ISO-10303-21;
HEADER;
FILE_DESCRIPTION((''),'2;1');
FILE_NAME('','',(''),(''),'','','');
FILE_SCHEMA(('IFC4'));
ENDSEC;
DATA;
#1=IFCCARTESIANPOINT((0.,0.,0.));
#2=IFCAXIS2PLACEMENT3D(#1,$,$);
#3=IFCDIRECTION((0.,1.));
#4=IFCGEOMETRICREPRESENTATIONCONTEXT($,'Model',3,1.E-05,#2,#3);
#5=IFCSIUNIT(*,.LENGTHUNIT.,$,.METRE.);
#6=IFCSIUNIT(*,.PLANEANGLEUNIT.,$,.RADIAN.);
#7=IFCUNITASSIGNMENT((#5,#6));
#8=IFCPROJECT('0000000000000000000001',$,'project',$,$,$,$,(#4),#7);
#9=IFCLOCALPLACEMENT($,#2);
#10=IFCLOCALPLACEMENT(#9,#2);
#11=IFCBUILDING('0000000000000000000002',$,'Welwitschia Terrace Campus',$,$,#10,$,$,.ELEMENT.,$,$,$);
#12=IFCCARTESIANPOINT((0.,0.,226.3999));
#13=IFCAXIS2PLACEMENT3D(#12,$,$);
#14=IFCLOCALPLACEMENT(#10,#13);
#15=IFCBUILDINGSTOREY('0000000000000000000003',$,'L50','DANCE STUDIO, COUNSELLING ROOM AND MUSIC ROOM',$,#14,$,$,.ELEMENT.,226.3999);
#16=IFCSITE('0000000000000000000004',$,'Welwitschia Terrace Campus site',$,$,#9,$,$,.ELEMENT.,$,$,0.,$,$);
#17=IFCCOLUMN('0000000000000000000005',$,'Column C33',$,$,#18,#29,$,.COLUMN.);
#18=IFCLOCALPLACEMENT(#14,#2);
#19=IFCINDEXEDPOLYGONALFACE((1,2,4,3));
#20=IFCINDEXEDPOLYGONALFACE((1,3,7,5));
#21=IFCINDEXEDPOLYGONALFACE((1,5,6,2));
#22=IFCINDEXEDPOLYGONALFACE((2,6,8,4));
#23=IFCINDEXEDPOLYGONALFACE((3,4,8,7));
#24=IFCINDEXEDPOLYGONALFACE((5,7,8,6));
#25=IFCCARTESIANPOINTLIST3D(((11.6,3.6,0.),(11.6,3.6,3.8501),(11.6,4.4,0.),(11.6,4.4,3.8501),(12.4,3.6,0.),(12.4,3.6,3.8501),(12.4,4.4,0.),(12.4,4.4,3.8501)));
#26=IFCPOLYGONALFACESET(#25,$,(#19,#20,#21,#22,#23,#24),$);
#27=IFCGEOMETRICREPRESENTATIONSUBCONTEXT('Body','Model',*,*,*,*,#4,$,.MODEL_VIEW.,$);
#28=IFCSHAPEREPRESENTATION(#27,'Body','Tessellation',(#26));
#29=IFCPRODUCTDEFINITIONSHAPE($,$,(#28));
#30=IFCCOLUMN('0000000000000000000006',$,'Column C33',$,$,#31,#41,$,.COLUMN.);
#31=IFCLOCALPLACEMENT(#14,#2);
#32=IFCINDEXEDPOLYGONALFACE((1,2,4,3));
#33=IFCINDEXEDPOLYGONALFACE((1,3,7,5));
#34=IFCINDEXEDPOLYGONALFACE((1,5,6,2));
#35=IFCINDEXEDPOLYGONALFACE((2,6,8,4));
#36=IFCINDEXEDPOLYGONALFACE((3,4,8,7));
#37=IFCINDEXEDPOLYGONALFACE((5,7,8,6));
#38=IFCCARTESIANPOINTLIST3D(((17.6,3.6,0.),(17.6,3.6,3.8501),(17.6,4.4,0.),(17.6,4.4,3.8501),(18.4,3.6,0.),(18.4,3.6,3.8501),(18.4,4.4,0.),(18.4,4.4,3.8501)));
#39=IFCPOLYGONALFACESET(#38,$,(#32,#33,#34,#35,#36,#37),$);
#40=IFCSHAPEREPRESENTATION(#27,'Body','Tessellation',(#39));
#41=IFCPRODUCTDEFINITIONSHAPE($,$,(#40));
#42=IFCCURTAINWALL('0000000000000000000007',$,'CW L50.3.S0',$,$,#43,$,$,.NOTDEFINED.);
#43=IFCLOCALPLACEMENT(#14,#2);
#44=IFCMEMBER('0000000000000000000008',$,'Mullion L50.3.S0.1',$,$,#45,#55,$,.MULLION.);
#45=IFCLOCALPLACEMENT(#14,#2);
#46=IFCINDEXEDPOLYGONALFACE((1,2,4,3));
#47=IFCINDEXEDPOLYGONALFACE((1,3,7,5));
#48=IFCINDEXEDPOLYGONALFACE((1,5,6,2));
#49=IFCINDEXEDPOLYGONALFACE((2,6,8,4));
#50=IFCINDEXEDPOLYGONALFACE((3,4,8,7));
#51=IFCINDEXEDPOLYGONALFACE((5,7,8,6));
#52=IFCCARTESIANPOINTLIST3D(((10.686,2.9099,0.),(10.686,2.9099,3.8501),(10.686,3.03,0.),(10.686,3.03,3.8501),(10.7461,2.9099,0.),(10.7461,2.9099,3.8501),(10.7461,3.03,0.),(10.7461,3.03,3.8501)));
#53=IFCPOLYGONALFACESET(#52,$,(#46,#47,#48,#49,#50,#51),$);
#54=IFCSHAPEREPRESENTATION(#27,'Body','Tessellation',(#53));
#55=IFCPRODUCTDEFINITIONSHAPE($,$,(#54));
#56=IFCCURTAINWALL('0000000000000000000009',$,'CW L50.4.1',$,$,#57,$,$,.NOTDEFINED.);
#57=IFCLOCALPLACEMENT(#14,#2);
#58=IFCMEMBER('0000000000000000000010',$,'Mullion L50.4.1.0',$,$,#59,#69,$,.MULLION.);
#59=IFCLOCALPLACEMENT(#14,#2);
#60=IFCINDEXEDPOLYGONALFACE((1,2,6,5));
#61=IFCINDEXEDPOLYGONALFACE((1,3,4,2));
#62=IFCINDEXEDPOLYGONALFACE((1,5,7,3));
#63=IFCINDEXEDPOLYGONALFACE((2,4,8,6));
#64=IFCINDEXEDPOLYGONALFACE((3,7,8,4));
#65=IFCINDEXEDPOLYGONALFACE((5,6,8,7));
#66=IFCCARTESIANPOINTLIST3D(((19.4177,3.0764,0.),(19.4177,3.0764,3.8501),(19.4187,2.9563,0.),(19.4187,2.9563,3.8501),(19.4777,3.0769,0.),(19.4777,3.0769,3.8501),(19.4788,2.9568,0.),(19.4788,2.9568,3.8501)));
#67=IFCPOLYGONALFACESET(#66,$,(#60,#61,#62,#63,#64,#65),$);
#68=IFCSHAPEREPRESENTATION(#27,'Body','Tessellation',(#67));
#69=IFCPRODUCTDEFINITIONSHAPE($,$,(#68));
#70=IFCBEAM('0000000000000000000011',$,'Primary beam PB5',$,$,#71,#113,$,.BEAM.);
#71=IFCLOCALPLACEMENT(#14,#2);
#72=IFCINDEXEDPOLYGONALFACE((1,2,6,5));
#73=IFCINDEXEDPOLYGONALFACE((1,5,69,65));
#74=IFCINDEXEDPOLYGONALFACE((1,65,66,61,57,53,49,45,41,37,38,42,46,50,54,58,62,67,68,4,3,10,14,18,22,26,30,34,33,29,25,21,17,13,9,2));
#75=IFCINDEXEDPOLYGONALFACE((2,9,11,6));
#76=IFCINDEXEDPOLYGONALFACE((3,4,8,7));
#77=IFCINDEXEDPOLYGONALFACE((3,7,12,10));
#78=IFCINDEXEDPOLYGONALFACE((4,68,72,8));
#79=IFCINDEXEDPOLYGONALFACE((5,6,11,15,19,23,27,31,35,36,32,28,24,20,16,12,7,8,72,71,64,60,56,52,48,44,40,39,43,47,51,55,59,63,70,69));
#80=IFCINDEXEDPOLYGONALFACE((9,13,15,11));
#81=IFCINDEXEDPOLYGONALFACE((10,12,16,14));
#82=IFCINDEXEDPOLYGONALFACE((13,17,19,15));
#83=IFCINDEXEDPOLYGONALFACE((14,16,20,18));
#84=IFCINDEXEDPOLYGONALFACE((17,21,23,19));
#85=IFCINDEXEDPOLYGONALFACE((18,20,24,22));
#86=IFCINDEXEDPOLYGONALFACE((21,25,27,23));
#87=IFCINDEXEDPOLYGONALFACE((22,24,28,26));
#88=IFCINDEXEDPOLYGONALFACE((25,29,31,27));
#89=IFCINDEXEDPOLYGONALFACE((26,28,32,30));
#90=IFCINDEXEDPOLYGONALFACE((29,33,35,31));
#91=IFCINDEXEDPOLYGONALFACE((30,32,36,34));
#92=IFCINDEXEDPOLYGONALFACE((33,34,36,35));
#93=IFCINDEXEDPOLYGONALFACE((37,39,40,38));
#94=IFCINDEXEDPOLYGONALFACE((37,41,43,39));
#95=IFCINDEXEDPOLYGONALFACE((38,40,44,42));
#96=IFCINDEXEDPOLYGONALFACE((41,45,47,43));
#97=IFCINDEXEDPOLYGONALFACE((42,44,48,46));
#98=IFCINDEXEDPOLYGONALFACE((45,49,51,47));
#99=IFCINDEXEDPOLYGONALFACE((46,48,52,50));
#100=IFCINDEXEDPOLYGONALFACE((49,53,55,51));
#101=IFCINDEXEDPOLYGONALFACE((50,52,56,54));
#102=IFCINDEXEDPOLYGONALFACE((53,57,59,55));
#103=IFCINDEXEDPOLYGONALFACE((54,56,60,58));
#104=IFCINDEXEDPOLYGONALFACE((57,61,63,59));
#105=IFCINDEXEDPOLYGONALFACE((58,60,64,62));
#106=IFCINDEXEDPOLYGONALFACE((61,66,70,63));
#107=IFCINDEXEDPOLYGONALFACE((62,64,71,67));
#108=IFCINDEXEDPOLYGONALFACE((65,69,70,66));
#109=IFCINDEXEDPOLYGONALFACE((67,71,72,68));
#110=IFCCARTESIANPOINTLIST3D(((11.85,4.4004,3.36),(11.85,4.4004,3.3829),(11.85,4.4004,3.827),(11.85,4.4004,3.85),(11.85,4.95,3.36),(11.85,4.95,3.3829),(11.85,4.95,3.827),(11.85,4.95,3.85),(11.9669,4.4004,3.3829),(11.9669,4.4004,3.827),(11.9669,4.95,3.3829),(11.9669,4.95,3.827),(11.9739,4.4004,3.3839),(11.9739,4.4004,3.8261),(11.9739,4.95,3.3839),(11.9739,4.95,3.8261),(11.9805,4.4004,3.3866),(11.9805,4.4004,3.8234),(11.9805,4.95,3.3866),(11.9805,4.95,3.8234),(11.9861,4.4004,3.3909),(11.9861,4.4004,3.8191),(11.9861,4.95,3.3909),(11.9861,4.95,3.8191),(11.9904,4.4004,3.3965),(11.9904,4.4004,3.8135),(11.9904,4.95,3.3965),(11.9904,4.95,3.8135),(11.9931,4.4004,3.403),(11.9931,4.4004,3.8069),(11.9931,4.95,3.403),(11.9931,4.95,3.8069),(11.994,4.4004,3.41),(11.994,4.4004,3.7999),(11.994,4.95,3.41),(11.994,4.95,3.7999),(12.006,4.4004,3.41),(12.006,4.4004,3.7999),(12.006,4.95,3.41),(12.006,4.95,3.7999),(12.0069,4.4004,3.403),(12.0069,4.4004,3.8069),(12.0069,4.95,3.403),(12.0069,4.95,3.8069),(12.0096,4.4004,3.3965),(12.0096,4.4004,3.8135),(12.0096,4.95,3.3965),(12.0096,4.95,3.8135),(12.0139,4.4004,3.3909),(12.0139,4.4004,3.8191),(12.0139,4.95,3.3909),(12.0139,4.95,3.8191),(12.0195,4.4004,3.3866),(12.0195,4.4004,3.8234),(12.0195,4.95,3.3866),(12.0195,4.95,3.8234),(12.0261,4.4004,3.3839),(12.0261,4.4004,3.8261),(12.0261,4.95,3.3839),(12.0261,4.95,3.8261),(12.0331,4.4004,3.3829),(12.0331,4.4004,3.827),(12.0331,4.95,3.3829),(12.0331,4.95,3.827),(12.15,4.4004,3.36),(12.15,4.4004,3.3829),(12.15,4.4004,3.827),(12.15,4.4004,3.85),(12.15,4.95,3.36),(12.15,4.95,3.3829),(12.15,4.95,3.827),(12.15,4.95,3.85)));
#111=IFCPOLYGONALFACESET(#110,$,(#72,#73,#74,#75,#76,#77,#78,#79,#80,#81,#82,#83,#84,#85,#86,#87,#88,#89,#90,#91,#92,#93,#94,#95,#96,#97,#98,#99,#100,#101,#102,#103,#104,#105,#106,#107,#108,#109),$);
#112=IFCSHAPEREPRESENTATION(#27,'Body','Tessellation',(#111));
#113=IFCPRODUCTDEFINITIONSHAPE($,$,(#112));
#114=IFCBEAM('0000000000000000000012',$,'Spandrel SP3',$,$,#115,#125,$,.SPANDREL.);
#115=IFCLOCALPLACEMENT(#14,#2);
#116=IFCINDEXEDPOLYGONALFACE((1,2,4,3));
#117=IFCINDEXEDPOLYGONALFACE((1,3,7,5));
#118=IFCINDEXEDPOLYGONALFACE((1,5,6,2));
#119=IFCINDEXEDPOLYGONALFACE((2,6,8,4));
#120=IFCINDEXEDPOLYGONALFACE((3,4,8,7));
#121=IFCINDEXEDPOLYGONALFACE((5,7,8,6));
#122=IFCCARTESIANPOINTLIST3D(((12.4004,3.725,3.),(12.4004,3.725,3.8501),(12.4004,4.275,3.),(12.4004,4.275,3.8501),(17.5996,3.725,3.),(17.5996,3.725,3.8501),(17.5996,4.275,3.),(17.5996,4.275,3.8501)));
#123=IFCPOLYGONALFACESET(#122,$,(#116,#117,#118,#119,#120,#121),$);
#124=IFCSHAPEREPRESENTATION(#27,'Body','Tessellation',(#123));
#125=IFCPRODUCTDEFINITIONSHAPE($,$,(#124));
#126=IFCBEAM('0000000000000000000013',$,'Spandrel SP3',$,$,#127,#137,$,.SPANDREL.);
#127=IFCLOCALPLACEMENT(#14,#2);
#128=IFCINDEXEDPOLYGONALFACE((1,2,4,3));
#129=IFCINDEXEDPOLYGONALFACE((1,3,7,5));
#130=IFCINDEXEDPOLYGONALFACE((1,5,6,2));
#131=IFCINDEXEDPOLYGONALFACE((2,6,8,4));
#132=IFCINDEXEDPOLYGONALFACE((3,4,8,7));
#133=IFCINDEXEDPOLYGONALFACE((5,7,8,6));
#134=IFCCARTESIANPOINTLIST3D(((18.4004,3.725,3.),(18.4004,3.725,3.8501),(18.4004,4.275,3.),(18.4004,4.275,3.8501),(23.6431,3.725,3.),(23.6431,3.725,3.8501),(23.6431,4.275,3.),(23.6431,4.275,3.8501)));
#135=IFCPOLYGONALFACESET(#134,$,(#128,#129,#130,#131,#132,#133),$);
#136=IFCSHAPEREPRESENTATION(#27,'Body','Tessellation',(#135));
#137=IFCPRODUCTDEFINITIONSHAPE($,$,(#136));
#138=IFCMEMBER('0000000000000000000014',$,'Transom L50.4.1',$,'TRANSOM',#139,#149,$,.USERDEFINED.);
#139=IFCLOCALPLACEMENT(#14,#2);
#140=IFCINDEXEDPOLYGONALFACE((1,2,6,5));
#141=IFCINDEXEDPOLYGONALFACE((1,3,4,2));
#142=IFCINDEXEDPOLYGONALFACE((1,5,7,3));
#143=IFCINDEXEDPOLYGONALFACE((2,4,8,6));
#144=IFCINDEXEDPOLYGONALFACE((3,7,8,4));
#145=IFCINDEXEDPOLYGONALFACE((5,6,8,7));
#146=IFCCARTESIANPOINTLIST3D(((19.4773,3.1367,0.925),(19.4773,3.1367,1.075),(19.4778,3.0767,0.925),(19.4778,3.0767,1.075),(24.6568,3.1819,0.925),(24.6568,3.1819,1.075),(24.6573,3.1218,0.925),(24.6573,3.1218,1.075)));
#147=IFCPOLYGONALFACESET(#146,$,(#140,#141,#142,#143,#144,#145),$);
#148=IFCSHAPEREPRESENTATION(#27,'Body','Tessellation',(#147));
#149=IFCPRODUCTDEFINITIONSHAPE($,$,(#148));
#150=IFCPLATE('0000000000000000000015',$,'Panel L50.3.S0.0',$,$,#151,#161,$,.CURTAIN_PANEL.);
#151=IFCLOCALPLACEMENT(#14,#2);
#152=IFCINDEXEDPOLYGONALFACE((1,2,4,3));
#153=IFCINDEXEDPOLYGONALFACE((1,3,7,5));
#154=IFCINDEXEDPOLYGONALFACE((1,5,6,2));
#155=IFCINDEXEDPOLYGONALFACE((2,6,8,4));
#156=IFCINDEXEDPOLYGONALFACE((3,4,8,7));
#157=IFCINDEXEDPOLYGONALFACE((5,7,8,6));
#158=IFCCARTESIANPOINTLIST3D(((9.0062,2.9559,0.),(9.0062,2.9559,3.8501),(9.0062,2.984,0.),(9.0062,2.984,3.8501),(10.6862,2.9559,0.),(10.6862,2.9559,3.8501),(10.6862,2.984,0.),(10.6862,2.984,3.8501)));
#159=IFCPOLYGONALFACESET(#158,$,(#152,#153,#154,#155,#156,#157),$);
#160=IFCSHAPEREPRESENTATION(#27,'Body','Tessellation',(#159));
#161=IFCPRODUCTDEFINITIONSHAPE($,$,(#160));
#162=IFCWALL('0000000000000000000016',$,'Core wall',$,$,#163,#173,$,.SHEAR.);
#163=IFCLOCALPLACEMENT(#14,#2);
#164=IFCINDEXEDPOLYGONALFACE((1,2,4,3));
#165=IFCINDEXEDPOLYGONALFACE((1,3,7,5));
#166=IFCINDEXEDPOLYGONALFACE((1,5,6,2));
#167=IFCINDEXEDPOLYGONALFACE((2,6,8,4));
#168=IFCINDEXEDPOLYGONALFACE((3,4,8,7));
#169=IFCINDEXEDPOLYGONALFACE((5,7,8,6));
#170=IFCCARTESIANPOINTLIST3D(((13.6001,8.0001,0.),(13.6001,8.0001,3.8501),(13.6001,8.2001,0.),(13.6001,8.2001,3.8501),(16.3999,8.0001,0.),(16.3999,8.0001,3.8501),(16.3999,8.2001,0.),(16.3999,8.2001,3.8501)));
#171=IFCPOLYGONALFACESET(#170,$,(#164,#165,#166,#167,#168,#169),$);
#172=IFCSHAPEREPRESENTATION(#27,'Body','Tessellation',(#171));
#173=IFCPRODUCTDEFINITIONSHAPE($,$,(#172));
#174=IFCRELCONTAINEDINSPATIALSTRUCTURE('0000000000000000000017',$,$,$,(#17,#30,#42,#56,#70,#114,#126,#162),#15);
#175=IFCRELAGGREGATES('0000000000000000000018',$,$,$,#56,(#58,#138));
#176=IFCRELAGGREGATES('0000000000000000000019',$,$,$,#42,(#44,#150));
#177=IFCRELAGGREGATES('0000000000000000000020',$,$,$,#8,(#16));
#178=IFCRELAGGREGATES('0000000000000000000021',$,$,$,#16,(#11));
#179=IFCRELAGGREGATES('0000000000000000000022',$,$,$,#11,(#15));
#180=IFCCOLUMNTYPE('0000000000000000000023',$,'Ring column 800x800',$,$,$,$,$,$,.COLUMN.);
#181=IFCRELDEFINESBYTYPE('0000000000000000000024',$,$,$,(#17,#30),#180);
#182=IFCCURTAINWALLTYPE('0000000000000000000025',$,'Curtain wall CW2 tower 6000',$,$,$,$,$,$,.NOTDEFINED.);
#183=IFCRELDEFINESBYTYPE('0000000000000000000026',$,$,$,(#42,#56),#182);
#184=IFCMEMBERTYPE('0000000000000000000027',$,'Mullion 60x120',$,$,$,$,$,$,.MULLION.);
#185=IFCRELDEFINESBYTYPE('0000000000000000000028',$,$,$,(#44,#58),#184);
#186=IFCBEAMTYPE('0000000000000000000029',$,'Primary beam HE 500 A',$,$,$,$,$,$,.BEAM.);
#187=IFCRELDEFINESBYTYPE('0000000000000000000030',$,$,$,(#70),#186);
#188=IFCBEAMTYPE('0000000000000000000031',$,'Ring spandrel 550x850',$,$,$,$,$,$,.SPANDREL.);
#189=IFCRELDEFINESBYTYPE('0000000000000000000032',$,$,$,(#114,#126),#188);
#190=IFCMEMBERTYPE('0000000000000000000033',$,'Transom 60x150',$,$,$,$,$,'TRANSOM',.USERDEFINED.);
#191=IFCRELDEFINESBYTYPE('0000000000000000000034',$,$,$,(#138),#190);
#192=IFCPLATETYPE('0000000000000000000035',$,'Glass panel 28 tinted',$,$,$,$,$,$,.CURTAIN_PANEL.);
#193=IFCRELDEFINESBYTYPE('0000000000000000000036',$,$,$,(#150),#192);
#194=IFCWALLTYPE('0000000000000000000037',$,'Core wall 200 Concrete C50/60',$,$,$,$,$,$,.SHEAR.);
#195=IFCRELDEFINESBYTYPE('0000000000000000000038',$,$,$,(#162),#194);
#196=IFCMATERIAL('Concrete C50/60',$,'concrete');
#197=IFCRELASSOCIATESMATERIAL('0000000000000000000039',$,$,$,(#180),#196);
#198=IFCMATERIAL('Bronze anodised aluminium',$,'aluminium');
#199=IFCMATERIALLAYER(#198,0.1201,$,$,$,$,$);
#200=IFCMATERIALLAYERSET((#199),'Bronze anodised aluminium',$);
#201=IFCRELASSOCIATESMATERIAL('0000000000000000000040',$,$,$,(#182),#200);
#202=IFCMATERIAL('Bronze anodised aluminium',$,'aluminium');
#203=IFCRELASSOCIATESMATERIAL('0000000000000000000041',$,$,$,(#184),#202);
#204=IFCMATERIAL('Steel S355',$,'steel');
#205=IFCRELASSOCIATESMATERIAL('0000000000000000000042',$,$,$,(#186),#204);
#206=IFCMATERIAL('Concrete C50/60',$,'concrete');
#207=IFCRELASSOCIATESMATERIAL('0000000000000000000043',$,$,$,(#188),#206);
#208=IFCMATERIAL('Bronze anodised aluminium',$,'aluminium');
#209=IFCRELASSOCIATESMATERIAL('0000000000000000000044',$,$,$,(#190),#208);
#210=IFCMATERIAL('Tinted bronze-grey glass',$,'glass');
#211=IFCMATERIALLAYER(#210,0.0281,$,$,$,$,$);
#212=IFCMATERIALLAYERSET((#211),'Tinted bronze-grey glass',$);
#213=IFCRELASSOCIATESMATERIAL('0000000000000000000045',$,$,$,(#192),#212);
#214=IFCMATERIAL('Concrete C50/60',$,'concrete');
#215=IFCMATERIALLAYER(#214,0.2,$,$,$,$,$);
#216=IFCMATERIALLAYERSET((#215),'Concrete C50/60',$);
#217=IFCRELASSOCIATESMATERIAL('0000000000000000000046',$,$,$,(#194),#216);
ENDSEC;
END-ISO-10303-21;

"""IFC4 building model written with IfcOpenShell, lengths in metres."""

from ifc_helpers import new_model, si_unit, direction, frame, frame_2d, origin, origin_2d, place, context, subcontext, project, spatial, rectangle, i_section, extrude, material, layer, layer_set, material_profile, profile_set, type_object, element, aggregate, save


model = new_model("IFC4")

# Units and contexts
model_context = context("Model", 3, precision=1e-05, world=origin(), true_north=direction((0.0, 1.0)))
body_context = subcontext(model_context, "Body", "Model", "MODEL_VIEW")
ifc_project = project(units=[si_unit("LENGTHUNIT", "METRE"), si_unit("PLANEANGLEUNIT", "RADIAN")], contexts=[model_context])

# Site, building, storey
site_placement = place(None, origin())
site = spatial("IfcSite", under=ifc_project, at=site_placement, Name="Welwitschia Terrace Campus site", CompositionType="ELEMENT", RefElevation=0.0)
building_placement = place(site_placement, origin())
building = spatial("IfcBuilding", under=site, at=building_placement, Name="Welwitschia Terrace Campus", CompositionType="ELEMENT")
storey_placement = place(building_placement, frame((0.0, 0.0, 226.3999)))
storey = spatial("IfcBuildingStorey", under=building, at=storey_placement, Name="L50", Description="DANCE STUDIO, COUNSELLING ROOM AND MUSIC ROOM", CompositionType="ELEMENT", Elevation=226.3999)

# Columns
ifc_material_1 = material(Name="Concrete C50/60", Category="concrete")
ifc_material_profile_1 = material_profile(ifc_material_1, rectangle(XDim=0.8, YDim=0.8, at=origin_2d()))
ifc_profile_set_1 = profile_set([ifc_material_profile_1], Name="Concrete C50/60")
column_type = type_object("IfcColumnType", Name="Ring column 800x800", PredefinedType="COLUMN", material=ifc_profile_set_1)
for number, where, z_axis, x_axis, name in (
    (1, (12.0, 4.0, 0.0), (0.0, 0.0, 1.0), (1.0, 0.0, 0.0), "Column C33"),
    (2, (18.0, 4.0, 0.0), (0.0, 0.0, 1.0), (1.0, 0.0, 0.0), "Column C33"),
):
    element("IfcColumn", number, at=place(storey_placement, frame(where, z_axis=z_axis, x_axis=x_axis)), inside=storey, type_object=column_type, Name=name, PredefinedType="COLUMN", context=body_context, shape_type="SweptSolid", body=[
        extrude(rectangle(XDim=0.8, YDim=0.8, at=origin_2d()), origin(), (0.0, 0.0, 1.0), 3.8501),
    ])

# Curtain walls, members
ifc_material_2 = material(Name="Bronze anodised aluminium", Category="aluminium")
ifc_layer_1 = layer(ifc_material_2, 0.1201)
ifc_layer_set_1 = layer_set([ifc_layer_1], Name="Bronze anodised aluminium")
curtain_wall_type = type_object("IfcCurtainWallType", Name="Curtain wall CW2 tower 6000", PredefinedType="NOTDEFINED", material=ifc_layer_set_1)
curtain_wall_1_placement = place(storey_placement, origin())
curtain_wall_1 = element("IfcCurtainWall", 3, at=curtain_wall_1_placement, inside=storey, type_object=curtain_wall_type, Name="CW L50.3.S0", PredefinedType="NOTDEFINED")
ifc_material_3 = material(Name="Bronze anodised aluminium", Category="aluminium")
ifc_material_profile_2 = material_profile(ifc_material_3, rectangle(XDim=0.1201, YDim=0.0601, at=origin_2d()))
ifc_profile_set_2 = profile_set([ifc_material_profile_2], Name="Bronze anodised aluminium")
member_type_1 = type_object("IfcMemberType", Name="Mullion 60x120", PredefinedType="MULLION", material=ifc_profile_set_2)
member_1_placement = place(storey_placement, frame((10.7161, 2.97, 0.0), z_axis=(0.0, 0.0, 1.0), x_axis=(0.0, 1.0, 0.0)))
member_1 = element("IfcMember", 4, at=member_1_placement, type_object=member_type_1, Name="Mullion L50.3.S0.1", PredefinedType="MULLION", context=body_context, shape_type="SweptSolid", body=[
    extrude(rectangle(XDim=0.1201, YDim=0.0601, at=origin_2d()), origin(), (0.0, 0.0, 1.0), 3.8501),
])
curtain_wall_2_placement = place(storey_placement, origin())
curtain_wall_2 = element("IfcCurtainWall", 5, at=curtain_wall_2_placement, inside=storey, type_object=curtain_wall_type, Name="CW L50.4.1", PredefinedType="NOTDEFINED")
member_2_placement = place(storey_placement, frame((19.4482, 3.0166, 0.0), z_axis=(0.0, 0.0, 1.0), x_axis=(-0.008727, 0.999962, 0.0)))
member_2 = element("IfcMember", 6, at=member_2_placement, type_object=member_type_1, Name="Mullion L50.4.1.0", PredefinedType="MULLION", context=body_context, shape_type="SweptSolid", body=[
    extrude(rectangle(XDim=0.1201, YDim=0.0601, at=origin_2d()), origin(), (0.0, 0.0, 1.0), 3.8501),
])

# Beams
ifc_material_4 = material(Name="Steel S355", Category="steel")
ifc_material_profile_3 = material_profile(ifc_material_4, i_section(OverallWidth=0.3, OverallDepth=0.49, WebThickness=0.012, FlangeThickness=0.0229, FilletRadius=0.0271, at=origin_2d()))
ifc_profile_set_3 = profile_set([ifc_material_profile_3], Name="Steel S355")
beam_type_1 = type_object("IfcBeamType", Name="Primary beam HE 500 A", PredefinedType="BEAM", material=ifc_profile_set_3)
beam_1_placement = place(storey_placement, frame((12.0, 4.4004, 3.605), z_axis=(0.0, 1.0, 0.0), x_axis=(-1.0, 0.0, 0.0)))
element("IfcBeam", 7, at=beam_1_placement, inside=storey, type_object=beam_type_1, Name="Primary beam PB5", PredefinedType="BEAM", context=body_context, shape_type="SweptSolid", body=[
    extrude(i_section(OverallWidth=0.3, OverallDepth=0.49, WebThickness=0.012, FlangeThickness=0.0229, FilletRadius=0.0271, at=origin_2d()), origin(), (0.0, 0.0, 1.0), 0.5496),
])
ifc_material_5 = material(Name="Concrete C50/60", Category="concrete")
ifc_material_profile_4 = material_profile(ifc_material_5, rectangle(XDim=0.55, YDim=0.8501, at=origin_2d()))
ifc_profile_set_4 = profile_set([ifc_material_profile_4], Name="Concrete C50/60")
beam_type_2 = type_object("IfcBeamType", Name="Ring spandrel 550x850", PredefinedType="SPANDREL", material=ifc_profile_set_4)
beam_2_placement = place(storey_placement, frame((12.4004, 4.0, 3.425), z_axis=(1.0, 0.0, 0.0), x_axis=(0.0, 1.0, 0.0)))
element("IfcBeam", 8, at=beam_2_placement, inside=storey, type_object=beam_type_2, Name="Spandrel SP3", PredefinedType="SPANDREL", context=body_context, shape_type="SweptSolid", body=[
    extrude(rectangle(XDim=0.55, YDim=0.8501, at=origin_2d()), origin(), (0.0, 0.0, 1.0), 5.1992),
])
beam_3_placement = place(storey_placement, frame((18.4004, 4.0, 3.425), z_axis=(1.0, 0.0, 0.0), x_axis=(0.0, 1.0, 0.0)))
element("IfcBeam", 9, at=beam_3_placement, inside=storey, type_object=beam_type_2, Name="Spandrel SP3", PredefinedType="SPANDREL", context=body_context, shape_type="SweptSolid", body=[
    extrude(rectangle(XDim=0.55, YDim=0.8501, at=origin_2d()), origin(), (0.0, 0.0, 1.0), 5.2427),
])

# Member
ifc_material_6 = material(Name="Bronze anodised aluminium", Category="aluminium")
ifc_material_profile_5 = material_profile(ifc_material_6, rectangle(XDim=0.0601, YDim=0.1499, at=origin_2d()))
ifc_profile_set_5 = profile_set([ifc_material_profile_5], Name="Bronze anodised aluminium")
member_type_2 = type_object("IfcMemberType", Name="Transom 60x150", ElementType="TRANSOM", PredefinedType="USERDEFINED", material=ifc_profile_set_5)
member_3_placement = place(storey_placement, frame((19.4775, 3.1067, 1.0), z_axis=(0.999962, 0.00872, 0.0), x_axis=(-0.00872, 0.999962, 0.0)))
member_3 = element("IfcMember", 10, at=member_3_placement, type_object=member_type_2, Name="Transom L50.4.1", ObjectType="TRANSOM", PredefinedType="USERDEFINED", context=body_context, shape_type="SweptSolid", body=[
    extrude(rectangle(XDim=0.0601, YDim=0.1499, at=origin_2d()), origin(), (0.0, 0.0, 1.0), 5.1797),
])
aggregate(curtain_wall_2, [member_2, member_3])

# Plate
ifc_material_7 = material(Name="Tinted bronze-grey glass", Category="glass")
ifc_layer_2 = layer(ifc_material_7, 0.0281)
ifc_layer_set_2 = layer_set([ifc_layer_2], Name="Tinted bronze-grey glass")
plate_type = type_object("IfcPlateType", Name="Glass panel 28 tinted", PredefinedType="CURTAIN_PANEL", material=ifc_layer_set_2)
plate_placement = place(storey_placement, frame((9.8462, 2.97, 0.0), z_axis=(0.0, 0.0, 1.0), x_axis=(1.0, 0.0, 0.0)))
plate = element("IfcPlate", 11, at=plate_placement, type_object=plate_type, Name="Panel L50.3.S0.0", PredefinedType="CURTAIN_PANEL", context=body_context, shape_type="SweptSolid", body=[
    extrude(rectangle(XDim=1.6799, YDim=0.0281, at=origin_2d()), origin(), (0.0, 0.0, 1.0), 3.8501),
])
aggregate(curtain_wall_1, [member_1, plate])

# Wall
ifc_material_8 = material(Name="Concrete C50/60", Category="concrete")
ifc_layer_3 = layer(ifc_material_8, 0.2)
ifc_layer_set_3 = layer_set([ifc_layer_3], Name="Concrete C50/60")
wall_type_1 = type_object("IfcWallType", Name="Core wall 200 Concrete C50/60", PredefinedType="SHEAR", material=ifc_layer_set_3)
wall_1_placement = place(storey_placement, frame((13.6001, 8.1001, 0.0), z_axis=(0.0, 0.0, 1.0), x_axis=(1.0, 0.0, 0.0)))
element("IfcWall", 12, at=wall_1_placement, inside=storey, type_object=wall_type_1, Name="Core wall", PredefinedType="SHEAR", context=body_context, shape_type="SweptSolid", body=[
    extrude(rectangle(XDim=2.7998, YDim=0.2, at=frame_2d((1.3999, 0.0))), origin(), (0.0, 0.0, 1.0), 3.8501),
])

save(model, "model.ifc")
